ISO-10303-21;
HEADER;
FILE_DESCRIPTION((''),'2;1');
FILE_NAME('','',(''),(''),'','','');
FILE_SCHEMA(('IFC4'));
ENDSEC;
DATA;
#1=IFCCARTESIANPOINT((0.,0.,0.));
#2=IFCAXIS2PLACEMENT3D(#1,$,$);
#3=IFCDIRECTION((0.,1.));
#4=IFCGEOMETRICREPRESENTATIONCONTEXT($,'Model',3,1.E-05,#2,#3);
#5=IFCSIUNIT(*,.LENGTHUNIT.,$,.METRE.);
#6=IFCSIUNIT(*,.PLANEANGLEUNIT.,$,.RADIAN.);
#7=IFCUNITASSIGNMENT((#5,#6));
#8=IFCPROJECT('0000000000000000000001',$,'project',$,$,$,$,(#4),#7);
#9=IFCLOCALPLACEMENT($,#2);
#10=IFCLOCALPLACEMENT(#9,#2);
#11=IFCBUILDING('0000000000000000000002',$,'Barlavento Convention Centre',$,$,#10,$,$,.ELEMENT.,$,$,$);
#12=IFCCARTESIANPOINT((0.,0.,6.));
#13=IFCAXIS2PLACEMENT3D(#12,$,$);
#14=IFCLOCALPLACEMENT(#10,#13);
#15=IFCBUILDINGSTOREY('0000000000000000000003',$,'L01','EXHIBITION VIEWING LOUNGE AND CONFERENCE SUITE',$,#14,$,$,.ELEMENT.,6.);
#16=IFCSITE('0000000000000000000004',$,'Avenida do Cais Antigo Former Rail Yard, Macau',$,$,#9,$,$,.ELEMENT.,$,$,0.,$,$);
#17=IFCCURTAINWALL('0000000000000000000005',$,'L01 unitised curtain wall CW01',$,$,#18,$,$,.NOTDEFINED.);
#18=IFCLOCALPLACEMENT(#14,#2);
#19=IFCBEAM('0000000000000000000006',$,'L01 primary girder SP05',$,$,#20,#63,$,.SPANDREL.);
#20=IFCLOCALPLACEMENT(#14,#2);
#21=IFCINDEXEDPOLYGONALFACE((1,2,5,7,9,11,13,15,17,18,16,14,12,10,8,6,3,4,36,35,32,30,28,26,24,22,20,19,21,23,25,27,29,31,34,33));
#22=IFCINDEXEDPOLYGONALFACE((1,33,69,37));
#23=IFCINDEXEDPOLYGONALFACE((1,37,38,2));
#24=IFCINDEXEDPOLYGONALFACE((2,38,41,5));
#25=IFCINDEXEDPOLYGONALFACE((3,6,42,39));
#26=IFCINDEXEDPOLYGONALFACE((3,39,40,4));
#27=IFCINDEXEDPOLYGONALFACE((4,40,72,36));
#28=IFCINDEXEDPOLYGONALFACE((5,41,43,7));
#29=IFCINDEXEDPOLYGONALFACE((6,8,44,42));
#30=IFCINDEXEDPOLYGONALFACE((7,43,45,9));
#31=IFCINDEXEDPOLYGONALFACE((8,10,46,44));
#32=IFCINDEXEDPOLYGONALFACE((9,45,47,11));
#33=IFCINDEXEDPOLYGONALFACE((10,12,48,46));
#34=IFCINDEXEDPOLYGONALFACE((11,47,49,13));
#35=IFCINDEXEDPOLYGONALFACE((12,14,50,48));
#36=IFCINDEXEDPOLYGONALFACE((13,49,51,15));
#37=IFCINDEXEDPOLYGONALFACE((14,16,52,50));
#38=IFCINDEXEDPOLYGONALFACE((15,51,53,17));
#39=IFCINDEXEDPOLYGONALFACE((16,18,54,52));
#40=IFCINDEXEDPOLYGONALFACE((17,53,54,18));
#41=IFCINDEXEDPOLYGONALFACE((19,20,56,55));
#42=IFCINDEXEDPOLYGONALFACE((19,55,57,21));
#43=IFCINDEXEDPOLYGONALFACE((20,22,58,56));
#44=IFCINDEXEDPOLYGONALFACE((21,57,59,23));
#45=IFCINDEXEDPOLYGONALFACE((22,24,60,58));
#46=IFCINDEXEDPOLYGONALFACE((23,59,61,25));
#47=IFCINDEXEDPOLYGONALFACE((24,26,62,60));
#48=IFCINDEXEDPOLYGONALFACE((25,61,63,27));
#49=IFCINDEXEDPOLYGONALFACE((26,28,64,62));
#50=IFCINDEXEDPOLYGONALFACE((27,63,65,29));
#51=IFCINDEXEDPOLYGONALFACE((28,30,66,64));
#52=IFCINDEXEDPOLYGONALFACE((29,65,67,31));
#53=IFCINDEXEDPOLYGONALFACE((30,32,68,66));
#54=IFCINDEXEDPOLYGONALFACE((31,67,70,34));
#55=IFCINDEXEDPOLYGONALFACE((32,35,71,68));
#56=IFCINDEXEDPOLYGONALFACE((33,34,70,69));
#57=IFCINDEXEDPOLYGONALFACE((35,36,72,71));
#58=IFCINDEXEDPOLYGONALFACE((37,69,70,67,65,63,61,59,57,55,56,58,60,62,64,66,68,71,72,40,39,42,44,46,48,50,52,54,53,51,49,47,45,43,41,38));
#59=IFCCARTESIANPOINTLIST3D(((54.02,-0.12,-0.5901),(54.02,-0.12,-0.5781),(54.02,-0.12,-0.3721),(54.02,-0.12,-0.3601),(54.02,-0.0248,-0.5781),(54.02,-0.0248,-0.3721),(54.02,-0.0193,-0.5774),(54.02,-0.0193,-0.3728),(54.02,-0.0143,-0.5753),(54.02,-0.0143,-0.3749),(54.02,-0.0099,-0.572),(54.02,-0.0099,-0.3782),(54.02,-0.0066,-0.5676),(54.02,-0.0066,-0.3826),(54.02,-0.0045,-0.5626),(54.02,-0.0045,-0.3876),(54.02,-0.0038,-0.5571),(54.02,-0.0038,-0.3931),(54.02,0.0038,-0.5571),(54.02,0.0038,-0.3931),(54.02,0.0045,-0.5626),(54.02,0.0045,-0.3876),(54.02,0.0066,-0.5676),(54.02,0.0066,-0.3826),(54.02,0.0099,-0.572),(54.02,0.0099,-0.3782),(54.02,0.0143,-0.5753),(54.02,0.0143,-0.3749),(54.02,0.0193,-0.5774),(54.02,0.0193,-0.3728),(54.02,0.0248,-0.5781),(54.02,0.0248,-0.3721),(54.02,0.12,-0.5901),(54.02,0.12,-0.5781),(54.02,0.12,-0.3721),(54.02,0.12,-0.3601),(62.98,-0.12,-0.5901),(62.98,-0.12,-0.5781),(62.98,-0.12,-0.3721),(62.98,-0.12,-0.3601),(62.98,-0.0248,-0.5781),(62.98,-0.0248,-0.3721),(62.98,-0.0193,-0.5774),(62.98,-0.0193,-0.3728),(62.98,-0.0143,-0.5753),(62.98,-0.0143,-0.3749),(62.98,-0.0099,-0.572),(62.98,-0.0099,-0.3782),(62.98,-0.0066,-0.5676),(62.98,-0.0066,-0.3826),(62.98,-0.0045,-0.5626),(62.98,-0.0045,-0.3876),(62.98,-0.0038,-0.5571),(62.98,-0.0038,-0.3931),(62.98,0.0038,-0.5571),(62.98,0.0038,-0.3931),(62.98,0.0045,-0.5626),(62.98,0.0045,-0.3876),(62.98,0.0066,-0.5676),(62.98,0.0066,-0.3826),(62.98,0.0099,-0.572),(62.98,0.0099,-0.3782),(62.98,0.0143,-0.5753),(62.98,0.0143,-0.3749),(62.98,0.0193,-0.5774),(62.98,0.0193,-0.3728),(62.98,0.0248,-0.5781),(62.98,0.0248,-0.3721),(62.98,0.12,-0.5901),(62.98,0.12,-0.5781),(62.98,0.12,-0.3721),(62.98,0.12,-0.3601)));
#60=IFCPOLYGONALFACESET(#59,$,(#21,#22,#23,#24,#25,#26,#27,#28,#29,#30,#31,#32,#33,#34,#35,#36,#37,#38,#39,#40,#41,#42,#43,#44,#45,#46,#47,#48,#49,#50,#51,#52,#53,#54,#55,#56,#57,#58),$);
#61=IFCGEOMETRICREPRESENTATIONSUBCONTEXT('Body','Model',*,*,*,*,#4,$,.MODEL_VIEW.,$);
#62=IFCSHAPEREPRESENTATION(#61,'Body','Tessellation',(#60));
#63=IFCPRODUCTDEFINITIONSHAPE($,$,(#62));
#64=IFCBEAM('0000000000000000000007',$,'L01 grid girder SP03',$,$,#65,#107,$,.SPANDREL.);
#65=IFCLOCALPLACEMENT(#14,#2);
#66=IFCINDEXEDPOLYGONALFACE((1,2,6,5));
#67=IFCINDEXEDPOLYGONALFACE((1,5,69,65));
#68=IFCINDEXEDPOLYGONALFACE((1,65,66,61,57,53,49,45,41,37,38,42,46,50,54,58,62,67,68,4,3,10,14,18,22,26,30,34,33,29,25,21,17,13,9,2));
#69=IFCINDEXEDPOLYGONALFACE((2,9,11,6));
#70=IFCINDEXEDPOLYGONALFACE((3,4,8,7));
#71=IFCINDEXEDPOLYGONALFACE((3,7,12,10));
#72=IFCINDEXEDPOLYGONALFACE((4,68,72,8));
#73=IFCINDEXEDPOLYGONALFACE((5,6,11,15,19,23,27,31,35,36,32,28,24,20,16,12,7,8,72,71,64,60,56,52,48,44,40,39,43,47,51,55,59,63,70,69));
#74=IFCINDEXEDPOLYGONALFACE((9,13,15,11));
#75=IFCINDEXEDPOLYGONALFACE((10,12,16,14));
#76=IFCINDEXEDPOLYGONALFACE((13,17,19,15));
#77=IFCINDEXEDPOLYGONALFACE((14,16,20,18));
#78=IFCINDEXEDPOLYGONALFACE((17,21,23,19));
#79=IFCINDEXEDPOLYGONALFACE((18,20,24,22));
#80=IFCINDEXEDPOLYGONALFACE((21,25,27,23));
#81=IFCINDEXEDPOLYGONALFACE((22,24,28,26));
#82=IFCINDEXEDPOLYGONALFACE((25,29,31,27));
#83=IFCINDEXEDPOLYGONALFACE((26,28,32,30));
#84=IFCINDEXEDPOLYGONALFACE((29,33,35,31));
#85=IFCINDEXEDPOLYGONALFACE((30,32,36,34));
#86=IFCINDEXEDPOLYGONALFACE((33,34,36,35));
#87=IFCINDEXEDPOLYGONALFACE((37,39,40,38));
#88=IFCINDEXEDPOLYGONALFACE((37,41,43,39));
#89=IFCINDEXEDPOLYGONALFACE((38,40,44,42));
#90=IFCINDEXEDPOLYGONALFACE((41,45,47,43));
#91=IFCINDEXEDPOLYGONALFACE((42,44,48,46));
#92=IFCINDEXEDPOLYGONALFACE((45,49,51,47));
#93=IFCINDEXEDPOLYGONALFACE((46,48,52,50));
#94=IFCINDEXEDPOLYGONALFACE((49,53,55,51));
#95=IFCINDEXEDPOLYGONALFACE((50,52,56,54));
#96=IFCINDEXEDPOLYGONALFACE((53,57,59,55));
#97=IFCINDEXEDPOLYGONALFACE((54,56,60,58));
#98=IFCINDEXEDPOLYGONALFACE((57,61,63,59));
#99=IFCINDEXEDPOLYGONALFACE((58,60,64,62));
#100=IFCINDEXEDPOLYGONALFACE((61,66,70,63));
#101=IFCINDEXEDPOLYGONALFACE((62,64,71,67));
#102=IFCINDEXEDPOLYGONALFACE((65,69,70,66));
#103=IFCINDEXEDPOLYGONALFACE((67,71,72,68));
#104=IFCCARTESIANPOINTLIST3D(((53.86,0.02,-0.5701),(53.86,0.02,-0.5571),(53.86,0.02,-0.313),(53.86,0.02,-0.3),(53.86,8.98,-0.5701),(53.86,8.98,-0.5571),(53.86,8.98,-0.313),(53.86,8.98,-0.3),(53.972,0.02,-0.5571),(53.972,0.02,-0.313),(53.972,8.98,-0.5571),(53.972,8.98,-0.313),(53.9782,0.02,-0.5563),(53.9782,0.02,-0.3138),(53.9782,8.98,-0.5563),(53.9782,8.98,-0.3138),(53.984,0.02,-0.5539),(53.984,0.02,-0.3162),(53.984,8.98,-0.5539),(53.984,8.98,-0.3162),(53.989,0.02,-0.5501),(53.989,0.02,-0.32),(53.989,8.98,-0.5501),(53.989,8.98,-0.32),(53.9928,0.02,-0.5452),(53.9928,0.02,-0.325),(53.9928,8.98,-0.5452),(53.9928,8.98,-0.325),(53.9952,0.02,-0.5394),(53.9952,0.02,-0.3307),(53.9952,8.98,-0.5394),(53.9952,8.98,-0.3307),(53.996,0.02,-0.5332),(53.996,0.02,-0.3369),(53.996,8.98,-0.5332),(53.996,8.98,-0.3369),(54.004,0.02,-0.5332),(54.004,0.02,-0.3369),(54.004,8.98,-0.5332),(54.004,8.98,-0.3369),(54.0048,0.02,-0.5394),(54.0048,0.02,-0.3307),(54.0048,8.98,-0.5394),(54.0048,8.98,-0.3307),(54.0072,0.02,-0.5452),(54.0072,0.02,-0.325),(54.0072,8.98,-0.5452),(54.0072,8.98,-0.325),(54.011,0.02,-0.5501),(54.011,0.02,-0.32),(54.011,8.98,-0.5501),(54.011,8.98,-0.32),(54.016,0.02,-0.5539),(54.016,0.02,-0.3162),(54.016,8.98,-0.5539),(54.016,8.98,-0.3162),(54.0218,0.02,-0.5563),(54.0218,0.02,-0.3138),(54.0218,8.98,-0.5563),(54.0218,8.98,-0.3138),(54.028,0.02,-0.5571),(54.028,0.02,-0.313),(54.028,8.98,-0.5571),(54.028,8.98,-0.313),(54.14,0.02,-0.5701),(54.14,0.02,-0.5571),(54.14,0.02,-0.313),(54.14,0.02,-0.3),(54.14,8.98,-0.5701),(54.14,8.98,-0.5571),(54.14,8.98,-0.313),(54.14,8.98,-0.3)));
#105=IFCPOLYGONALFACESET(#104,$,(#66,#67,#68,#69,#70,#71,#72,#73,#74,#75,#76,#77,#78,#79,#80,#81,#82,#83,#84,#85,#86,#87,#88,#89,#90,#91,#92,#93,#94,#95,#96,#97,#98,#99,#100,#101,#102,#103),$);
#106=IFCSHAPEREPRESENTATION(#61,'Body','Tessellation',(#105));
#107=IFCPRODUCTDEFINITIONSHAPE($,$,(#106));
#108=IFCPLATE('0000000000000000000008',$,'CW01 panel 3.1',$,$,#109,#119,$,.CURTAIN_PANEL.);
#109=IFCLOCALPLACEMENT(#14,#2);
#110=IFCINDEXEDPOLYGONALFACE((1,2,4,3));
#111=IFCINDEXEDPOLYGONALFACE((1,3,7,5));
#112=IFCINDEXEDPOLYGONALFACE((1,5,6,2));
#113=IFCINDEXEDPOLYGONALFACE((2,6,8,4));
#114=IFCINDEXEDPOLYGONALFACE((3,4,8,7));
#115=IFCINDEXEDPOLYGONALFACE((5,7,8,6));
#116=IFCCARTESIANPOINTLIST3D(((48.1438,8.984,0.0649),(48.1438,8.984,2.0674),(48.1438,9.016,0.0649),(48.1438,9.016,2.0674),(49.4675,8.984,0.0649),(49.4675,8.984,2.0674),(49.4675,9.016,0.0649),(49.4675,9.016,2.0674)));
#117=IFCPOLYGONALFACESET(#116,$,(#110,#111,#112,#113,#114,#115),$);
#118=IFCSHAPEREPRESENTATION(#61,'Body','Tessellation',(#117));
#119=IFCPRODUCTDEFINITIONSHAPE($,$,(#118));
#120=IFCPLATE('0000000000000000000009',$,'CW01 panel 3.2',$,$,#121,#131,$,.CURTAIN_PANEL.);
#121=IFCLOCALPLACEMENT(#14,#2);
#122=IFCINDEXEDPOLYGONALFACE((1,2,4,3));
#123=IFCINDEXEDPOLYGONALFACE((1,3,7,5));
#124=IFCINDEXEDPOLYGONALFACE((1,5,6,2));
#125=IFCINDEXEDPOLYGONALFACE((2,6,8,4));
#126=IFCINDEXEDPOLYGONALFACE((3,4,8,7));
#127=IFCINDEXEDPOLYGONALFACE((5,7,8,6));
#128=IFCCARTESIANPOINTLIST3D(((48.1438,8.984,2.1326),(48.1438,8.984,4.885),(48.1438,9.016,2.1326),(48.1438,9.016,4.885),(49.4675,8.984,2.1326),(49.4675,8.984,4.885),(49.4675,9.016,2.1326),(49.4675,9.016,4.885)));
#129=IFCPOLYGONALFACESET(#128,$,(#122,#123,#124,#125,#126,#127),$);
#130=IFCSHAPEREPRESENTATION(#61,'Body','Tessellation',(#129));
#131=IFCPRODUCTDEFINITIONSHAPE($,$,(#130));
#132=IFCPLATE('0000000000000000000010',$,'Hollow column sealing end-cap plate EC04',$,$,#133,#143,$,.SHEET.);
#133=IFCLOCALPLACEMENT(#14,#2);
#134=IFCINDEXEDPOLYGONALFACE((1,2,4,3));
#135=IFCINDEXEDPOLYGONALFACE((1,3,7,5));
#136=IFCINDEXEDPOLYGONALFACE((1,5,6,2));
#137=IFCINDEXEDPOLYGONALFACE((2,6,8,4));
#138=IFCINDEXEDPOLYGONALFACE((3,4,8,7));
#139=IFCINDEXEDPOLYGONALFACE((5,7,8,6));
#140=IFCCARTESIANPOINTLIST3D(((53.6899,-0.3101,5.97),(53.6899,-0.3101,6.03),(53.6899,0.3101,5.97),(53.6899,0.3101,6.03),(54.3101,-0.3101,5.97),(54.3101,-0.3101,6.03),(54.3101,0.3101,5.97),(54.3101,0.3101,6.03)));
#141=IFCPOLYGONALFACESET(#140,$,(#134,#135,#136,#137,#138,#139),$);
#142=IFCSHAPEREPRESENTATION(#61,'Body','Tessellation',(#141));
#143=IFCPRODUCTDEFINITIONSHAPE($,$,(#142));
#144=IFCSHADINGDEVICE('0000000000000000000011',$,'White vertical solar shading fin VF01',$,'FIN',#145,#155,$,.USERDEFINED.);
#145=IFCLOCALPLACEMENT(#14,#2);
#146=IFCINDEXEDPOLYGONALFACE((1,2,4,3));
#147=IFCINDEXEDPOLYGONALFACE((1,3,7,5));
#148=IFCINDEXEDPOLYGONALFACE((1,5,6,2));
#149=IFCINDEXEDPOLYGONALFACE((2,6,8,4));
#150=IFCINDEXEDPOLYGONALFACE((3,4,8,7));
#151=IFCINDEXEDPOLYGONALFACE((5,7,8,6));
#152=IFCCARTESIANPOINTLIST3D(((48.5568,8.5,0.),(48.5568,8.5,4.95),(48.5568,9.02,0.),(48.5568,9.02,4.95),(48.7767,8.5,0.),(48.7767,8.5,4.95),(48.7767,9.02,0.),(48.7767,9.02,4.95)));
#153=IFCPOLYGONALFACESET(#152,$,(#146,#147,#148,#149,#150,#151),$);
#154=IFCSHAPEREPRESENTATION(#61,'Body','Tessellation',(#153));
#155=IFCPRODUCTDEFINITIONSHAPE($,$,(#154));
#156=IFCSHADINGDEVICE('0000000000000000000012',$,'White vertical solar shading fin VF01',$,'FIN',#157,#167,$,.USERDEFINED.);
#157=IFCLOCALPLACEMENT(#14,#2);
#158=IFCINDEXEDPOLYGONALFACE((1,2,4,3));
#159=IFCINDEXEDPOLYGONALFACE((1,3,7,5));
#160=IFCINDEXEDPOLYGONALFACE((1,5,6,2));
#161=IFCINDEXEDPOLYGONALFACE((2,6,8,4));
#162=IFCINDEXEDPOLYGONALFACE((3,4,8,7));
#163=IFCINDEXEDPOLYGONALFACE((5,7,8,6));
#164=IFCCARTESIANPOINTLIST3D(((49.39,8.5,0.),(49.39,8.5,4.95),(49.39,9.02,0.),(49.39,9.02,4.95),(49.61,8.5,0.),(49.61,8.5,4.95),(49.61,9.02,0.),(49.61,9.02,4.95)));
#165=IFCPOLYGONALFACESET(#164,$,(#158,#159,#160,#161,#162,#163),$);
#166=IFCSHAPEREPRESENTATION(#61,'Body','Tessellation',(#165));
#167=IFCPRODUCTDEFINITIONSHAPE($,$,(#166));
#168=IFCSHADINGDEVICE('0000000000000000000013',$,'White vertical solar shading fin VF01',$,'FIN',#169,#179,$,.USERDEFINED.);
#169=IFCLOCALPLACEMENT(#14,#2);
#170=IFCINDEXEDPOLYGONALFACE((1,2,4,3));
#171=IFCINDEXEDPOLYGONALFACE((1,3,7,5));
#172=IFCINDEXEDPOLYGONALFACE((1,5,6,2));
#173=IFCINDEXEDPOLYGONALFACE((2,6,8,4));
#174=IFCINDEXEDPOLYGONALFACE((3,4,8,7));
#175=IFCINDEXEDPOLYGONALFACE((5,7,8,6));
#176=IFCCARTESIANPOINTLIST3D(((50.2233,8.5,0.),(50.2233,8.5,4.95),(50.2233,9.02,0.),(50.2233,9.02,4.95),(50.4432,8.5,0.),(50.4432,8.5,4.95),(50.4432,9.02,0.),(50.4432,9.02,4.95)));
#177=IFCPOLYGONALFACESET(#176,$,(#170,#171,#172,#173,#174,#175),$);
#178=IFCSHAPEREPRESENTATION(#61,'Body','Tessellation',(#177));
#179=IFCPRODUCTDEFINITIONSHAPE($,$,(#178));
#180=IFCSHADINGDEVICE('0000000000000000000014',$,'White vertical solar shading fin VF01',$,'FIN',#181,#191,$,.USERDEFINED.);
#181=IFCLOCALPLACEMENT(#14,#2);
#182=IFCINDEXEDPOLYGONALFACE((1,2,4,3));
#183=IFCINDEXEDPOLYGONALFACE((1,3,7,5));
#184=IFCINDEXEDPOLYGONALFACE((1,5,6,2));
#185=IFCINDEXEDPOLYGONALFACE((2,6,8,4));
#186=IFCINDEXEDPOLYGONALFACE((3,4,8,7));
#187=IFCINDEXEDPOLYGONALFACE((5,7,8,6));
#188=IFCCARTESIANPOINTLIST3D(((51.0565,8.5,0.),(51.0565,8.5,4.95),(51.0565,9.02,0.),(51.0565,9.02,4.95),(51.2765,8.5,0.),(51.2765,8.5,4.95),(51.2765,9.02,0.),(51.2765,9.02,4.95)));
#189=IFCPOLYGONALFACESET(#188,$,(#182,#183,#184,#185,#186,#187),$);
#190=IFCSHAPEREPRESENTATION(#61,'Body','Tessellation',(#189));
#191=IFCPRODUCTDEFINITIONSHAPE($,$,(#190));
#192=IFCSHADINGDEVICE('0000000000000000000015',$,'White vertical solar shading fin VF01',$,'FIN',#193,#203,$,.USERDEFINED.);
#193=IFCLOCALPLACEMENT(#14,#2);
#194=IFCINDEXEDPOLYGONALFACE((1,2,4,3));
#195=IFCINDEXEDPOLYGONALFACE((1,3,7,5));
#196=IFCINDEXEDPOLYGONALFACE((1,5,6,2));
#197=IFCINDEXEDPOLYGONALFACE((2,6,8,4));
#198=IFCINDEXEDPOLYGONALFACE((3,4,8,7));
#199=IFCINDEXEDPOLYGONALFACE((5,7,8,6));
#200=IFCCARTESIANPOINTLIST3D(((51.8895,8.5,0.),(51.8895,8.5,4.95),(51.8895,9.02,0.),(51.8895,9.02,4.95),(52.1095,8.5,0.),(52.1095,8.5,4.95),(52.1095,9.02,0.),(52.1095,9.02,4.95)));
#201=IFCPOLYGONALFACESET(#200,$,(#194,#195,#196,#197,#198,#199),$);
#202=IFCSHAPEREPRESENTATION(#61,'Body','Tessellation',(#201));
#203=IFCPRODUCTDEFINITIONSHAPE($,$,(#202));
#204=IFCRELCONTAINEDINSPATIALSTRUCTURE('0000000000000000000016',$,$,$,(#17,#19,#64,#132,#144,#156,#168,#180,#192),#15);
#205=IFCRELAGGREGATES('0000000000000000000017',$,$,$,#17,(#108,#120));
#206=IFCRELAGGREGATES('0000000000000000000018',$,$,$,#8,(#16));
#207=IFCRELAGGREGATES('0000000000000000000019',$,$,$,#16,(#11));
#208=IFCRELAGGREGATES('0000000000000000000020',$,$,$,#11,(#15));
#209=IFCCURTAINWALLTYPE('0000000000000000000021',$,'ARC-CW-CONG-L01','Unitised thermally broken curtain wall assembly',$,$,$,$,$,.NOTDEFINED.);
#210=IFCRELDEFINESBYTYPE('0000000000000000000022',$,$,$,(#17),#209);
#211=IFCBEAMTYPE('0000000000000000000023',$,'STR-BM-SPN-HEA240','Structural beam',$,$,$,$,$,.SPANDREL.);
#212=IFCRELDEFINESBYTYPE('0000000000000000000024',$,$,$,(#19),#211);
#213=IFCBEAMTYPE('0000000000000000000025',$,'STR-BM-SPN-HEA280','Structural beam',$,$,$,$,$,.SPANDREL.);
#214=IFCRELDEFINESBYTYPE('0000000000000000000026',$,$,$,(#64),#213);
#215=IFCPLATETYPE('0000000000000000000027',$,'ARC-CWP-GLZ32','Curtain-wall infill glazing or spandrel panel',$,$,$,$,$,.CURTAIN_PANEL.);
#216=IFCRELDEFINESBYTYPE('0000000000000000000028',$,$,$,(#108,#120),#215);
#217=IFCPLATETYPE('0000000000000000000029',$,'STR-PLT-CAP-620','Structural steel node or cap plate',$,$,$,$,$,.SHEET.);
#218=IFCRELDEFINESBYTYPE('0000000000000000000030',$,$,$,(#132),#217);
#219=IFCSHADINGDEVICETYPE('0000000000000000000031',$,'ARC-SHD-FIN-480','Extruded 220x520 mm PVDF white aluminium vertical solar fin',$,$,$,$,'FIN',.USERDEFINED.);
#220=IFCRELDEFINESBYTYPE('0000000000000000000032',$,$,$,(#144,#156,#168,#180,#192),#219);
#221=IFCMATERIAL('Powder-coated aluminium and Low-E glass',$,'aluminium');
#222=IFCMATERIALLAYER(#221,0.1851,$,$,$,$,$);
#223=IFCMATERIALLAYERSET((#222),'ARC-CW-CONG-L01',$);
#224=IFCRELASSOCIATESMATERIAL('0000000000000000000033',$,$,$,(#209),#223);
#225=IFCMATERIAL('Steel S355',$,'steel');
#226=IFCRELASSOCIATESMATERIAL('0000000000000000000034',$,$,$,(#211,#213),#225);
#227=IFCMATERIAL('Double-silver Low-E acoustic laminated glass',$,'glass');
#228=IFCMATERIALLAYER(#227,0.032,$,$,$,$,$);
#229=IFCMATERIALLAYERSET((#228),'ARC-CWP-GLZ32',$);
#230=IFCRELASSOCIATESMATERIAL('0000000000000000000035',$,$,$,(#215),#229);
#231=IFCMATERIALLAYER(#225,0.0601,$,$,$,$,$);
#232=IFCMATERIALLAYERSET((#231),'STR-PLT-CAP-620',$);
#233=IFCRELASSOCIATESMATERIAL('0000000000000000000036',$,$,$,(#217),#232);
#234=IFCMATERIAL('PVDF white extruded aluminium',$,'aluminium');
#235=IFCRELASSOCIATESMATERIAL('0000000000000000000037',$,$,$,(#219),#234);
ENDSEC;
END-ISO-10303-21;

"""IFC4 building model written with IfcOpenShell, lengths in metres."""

from ifc_helpers import new_model, si_unit, direction, frame, origin, origin_2d, place, context, subcontext, project, spatial, rectangle, i_section, extrude, material, layer, layer_set, material_profile, profile_set, type_object, element, aggregate, save


model = new_model("IFC4")

# Units and contexts
model_context = context("Model", 3, precision=1e-05, world=origin(), true_north=direction((0.0, 1.0)))
body_context = subcontext(model_context, "Body", "Model", "MODEL_VIEW")
ifc_project = project(units=[si_unit("LENGTHUNIT", "METRE"), si_unit("PLANEANGLEUNIT", "RADIAN")], contexts=[model_context])

# Site, building, storey
site_placement = place(None, origin())
site = spatial("IfcSite", under=ifc_project, at=site_placement, Name="Avenida do Cais Antigo Former Rail Yard, Macau", CompositionType="ELEMENT", RefElevation=0.0)
building_placement = place(site_placement, origin())
building = spatial("IfcBuilding", under=site, at=building_placement, Name="Barlavento Convention Centre", CompositionType="ELEMENT")
storey_placement = place(building_placement, frame((0.0, 0.0, 6.0)))
storey = spatial("IfcBuildingStorey", under=building, at=storey_placement, Name="L01", Description="EXHIBITION VIEWING LOUNGE AND CONFERENCE SUITE", CompositionType="ELEMENT", Elevation=6.0)

# Curtain wall
ifc_material_1 = material(Name="Powder-coated aluminium and Low-E glass", Category="aluminium")
ifc_layer_1 = layer(ifc_material_1, 0.1851)
ifc_layer_set_1 = layer_set([ifc_layer_1], Name="ARC-CW-CONG-L01")
curtain_wall_type = type_object("IfcCurtainWallType", Name="ARC-CW-CONG-L01", Description="Unitised thermally broken curtain wall assembly", PredefinedType="NOTDEFINED", material=ifc_layer_set_1)
curtain_wall_placement = place(storey_placement, origin())
curtain_wall = element("IfcCurtainWall", 1, at=curtain_wall_placement, inside=storey, type_object=curtain_wall_type, Name="L01 unitised curtain wall CW01", PredefinedType="NOTDEFINED")

# Beams
ifc_material_2 = material(Name="Steel S355", Category="steel")
ifc_material_profile_1 = material_profile(ifc_material_2, i_section(OverallWidth=0.24, OverallDepth=0.23, WebThickness=0.0076, FlangeThickness=0.012, FilletRadius=0.021, at=origin_2d()), Name="HEA 240")
ifc_profile_set_1 = profile_set([ifc_material_profile_1], Name="Steel S355")
beam_type_1 = type_object("IfcBeamType", Name="STR-BM-SPN-HEA240", Description="Structural beam", PredefinedType="SPANDREL", material=ifc_profile_set_1)
beam_1_placement = place(storey_placement, frame((54.02, 0.0, -0.4751), z_axis=(1.0, 0.0, 0.0), x_axis=(0.0, 1.0, 0.0)))
element("IfcBeam", 2, at=beam_1_placement, inside=storey, type_object=beam_type_1, Name="L01 primary girder SP05", PredefinedType="SPANDREL", context=body_context, shape_type="SweptSolid", body=[
    extrude(i_section(OverallWidth=0.24, OverallDepth=0.23, WebThickness=0.0076, FlangeThickness=0.012, FilletRadius=0.021, at=origin_2d()), origin(), (0.0, 0.0, 1.0), 8.96),
])
ifc_material_profile_2 = material_profile(ifc_material_2, i_section(OverallWidth=0.28, OverallDepth=0.27, WebThickness=0.0081, FlangeThickness=0.0129, FilletRadius=0.0239, at=origin_2d()), Name="HEA 280")
ifc_profile_set_2 = profile_set([ifc_material_profile_2], Name="Steel S355")
beam_type_2 = type_object("IfcBeamType", Name="STR-BM-SPN-HEA280", Description="Structural beam", PredefinedType="SPANDREL", material=ifc_profile_set_2)
beam_2_placement = place(storey_placement, frame((54.0, 0.02, -0.4351), z_axis=(0.0, 1.0, 0.0), x_axis=(-1.0, 0.0, 0.0)))
element("IfcBeam", 3, at=beam_2_placement, inside=storey, type_object=beam_type_2, Name="L01 grid girder SP03", PredefinedType="SPANDREL", context=body_context, shape_type="SweptSolid", body=[
    extrude(i_section(OverallWidth=0.28, OverallDepth=0.27, WebThickness=0.0081, FlangeThickness=0.0129, FilletRadius=0.0239, at=origin_2d()), origin(), (0.0, 0.0, 1.0), 8.96),
])

# Plates
ifc_material_3 = material(Name="Double-silver Low-E acoustic laminated glass", Category="glass")
ifc_layer_2 = layer(ifc_material_3, 0.032)
ifc_layer_set_2 = layer_set([ifc_layer_2], Name="ARC-CWP-GLZ32")
plate_type_1 = type_object("IfcPlateType", Name="ARC-CWP-GLZ32", Description="Curtain-wall infill glazing or spandrel panel", PredefinedType="CURTAIN_PANEL", material=ifc_layer_set_2)
plate_1_placement = place(storey_placement, frame((48.8057, 9.0, 0.0649), z_axis=(0.0, 0.0, 1.0), x_axis=(1.0, 0.0, 0.0)))
plate_1 = element("IfcPlate", 4, at=plate_1_placement, type_object=plate_type_1, Name="CW01 panel 3.1", PredefinedType="CURTAIN_PANEL", context=body_context, shape_type="SweptSolid", body=[
    extrude(rectangle(XDim=1.3237, YDim=0.032, at=origin_2d()), origin(), (0.0, 0.0, 1.0), 2.0024),
])
plate_2_placement = place(storey_placement, frame((48.8057, 9.0, 2.1326), z_axis=(0.0, 0.0, 1.0), x_axis=(1.0, 0.0, 0.0)))
plate_2 = element("IfcPlate", 5, at=plate_2_placement, type_object=plate_type_1, Name="CW01 panel 3.2", PredefinedType="CURTAIN_PANEL", context=body_context, shape_type="SweptSolid", body=[
    extrude(rectangle(XDim=1.3237, YDim=0.032, at=origin_2d()), origin(), (0.0, 0.0, 1.0), 2.7524),
])
aggregate(curtain_wall, [plate_1, plate_2])
ifc_layer_3 = layer(ifc_material_2, 0.0601)
ifc_layer_set_3 = layer_set([ifc_layer_3], Name="STR-PLT-CAP-620")
plate_type_2 = type_object("IfcPlateType", Name="STR-PLT-CAP-620", Description="Structural steel node or cap plate", PredefinedType="SHEET", material=ifc_layer_set_3)
plate_3_placement = place(storey_placement, frame((54.0, 0.0, 5.97), z_axis=(0.0, 0.0, 1.0), x_axis=(1.0, 0.0, 0.0)))
element("IfcPlate", 6, at=plate_3_placement, inside=storey, type_object=plate_type_2, Name="Hollow column sealing end-cap plate EC04", PredefinedType="SHEET", context=body_context, shape_type="SweptSolid", body=[
    extrude(rectangle(XDim=0.6201, YDim=0.6201, at=origin_2d()), origin(), (0.0, 0.0, 1.0), 0.0601),
])

# Shading devices
ifc_material_4 = material(Name="PVDF white extruded aluminium", Category="aluminium")
shading_device_type = type_object("IfcShadingDeviceType", Name="ARC-SHD-FIN-480", Description="Extruded 220x520 mm PVDF white aluminium vertical solar fin", ElementType="FIN", PredefinedType="USERDEFINED", material=ifc_material_4)
for number, where, z_axis, x_axis, name in (
    (7, (48.6667, 8.76, 0.0), (0.0, 0.0, 1.0), (1.0, 0.0, 0.0), "White vertical solar shading fin VF01"),
    (8, (49.5, 8.76, 0.0), (0.0, 0.0, 1.0), (1.0, 0.0, 0.0), "White vertical solar shading fin VF01"),
    (9, (50.3333, 8.76, 0.0), (0.0, 0.0, 1.0), (1.0, 0.0, 0.0), "White vertical solar shading fin VF01"),
    (10, (51.1665, 8.76, 0.0), (0.0, 0.0, 1.0), (1.0, 0.0, 0.0), "White vertical solar shading fin VF01"),
    (11, (51.9995, 8.76, 0.0), (0.0, 0.0, 1.0), (1.0, 0.0, 0.0), "White vertical solar shading fin VF01"),
):
    element("IfcShadingDevice", number, at=place(storey_placement, frame(where, z_axis=z_axis, x_axis=x_axis)), inside=storey, type_object=shading_device_type, Name=name, ObjectType="FIN", PredefinedType="USERDEFINED", context=body_context, shape_type="SweptSolid", body=[
        extrude(rectangle(XDim=0.22, YDim=0.52, at=origin_2d()), origin(), (0.0, 0.0, 1.0), 4.95),
    ])

save(model, "model.ifc")
